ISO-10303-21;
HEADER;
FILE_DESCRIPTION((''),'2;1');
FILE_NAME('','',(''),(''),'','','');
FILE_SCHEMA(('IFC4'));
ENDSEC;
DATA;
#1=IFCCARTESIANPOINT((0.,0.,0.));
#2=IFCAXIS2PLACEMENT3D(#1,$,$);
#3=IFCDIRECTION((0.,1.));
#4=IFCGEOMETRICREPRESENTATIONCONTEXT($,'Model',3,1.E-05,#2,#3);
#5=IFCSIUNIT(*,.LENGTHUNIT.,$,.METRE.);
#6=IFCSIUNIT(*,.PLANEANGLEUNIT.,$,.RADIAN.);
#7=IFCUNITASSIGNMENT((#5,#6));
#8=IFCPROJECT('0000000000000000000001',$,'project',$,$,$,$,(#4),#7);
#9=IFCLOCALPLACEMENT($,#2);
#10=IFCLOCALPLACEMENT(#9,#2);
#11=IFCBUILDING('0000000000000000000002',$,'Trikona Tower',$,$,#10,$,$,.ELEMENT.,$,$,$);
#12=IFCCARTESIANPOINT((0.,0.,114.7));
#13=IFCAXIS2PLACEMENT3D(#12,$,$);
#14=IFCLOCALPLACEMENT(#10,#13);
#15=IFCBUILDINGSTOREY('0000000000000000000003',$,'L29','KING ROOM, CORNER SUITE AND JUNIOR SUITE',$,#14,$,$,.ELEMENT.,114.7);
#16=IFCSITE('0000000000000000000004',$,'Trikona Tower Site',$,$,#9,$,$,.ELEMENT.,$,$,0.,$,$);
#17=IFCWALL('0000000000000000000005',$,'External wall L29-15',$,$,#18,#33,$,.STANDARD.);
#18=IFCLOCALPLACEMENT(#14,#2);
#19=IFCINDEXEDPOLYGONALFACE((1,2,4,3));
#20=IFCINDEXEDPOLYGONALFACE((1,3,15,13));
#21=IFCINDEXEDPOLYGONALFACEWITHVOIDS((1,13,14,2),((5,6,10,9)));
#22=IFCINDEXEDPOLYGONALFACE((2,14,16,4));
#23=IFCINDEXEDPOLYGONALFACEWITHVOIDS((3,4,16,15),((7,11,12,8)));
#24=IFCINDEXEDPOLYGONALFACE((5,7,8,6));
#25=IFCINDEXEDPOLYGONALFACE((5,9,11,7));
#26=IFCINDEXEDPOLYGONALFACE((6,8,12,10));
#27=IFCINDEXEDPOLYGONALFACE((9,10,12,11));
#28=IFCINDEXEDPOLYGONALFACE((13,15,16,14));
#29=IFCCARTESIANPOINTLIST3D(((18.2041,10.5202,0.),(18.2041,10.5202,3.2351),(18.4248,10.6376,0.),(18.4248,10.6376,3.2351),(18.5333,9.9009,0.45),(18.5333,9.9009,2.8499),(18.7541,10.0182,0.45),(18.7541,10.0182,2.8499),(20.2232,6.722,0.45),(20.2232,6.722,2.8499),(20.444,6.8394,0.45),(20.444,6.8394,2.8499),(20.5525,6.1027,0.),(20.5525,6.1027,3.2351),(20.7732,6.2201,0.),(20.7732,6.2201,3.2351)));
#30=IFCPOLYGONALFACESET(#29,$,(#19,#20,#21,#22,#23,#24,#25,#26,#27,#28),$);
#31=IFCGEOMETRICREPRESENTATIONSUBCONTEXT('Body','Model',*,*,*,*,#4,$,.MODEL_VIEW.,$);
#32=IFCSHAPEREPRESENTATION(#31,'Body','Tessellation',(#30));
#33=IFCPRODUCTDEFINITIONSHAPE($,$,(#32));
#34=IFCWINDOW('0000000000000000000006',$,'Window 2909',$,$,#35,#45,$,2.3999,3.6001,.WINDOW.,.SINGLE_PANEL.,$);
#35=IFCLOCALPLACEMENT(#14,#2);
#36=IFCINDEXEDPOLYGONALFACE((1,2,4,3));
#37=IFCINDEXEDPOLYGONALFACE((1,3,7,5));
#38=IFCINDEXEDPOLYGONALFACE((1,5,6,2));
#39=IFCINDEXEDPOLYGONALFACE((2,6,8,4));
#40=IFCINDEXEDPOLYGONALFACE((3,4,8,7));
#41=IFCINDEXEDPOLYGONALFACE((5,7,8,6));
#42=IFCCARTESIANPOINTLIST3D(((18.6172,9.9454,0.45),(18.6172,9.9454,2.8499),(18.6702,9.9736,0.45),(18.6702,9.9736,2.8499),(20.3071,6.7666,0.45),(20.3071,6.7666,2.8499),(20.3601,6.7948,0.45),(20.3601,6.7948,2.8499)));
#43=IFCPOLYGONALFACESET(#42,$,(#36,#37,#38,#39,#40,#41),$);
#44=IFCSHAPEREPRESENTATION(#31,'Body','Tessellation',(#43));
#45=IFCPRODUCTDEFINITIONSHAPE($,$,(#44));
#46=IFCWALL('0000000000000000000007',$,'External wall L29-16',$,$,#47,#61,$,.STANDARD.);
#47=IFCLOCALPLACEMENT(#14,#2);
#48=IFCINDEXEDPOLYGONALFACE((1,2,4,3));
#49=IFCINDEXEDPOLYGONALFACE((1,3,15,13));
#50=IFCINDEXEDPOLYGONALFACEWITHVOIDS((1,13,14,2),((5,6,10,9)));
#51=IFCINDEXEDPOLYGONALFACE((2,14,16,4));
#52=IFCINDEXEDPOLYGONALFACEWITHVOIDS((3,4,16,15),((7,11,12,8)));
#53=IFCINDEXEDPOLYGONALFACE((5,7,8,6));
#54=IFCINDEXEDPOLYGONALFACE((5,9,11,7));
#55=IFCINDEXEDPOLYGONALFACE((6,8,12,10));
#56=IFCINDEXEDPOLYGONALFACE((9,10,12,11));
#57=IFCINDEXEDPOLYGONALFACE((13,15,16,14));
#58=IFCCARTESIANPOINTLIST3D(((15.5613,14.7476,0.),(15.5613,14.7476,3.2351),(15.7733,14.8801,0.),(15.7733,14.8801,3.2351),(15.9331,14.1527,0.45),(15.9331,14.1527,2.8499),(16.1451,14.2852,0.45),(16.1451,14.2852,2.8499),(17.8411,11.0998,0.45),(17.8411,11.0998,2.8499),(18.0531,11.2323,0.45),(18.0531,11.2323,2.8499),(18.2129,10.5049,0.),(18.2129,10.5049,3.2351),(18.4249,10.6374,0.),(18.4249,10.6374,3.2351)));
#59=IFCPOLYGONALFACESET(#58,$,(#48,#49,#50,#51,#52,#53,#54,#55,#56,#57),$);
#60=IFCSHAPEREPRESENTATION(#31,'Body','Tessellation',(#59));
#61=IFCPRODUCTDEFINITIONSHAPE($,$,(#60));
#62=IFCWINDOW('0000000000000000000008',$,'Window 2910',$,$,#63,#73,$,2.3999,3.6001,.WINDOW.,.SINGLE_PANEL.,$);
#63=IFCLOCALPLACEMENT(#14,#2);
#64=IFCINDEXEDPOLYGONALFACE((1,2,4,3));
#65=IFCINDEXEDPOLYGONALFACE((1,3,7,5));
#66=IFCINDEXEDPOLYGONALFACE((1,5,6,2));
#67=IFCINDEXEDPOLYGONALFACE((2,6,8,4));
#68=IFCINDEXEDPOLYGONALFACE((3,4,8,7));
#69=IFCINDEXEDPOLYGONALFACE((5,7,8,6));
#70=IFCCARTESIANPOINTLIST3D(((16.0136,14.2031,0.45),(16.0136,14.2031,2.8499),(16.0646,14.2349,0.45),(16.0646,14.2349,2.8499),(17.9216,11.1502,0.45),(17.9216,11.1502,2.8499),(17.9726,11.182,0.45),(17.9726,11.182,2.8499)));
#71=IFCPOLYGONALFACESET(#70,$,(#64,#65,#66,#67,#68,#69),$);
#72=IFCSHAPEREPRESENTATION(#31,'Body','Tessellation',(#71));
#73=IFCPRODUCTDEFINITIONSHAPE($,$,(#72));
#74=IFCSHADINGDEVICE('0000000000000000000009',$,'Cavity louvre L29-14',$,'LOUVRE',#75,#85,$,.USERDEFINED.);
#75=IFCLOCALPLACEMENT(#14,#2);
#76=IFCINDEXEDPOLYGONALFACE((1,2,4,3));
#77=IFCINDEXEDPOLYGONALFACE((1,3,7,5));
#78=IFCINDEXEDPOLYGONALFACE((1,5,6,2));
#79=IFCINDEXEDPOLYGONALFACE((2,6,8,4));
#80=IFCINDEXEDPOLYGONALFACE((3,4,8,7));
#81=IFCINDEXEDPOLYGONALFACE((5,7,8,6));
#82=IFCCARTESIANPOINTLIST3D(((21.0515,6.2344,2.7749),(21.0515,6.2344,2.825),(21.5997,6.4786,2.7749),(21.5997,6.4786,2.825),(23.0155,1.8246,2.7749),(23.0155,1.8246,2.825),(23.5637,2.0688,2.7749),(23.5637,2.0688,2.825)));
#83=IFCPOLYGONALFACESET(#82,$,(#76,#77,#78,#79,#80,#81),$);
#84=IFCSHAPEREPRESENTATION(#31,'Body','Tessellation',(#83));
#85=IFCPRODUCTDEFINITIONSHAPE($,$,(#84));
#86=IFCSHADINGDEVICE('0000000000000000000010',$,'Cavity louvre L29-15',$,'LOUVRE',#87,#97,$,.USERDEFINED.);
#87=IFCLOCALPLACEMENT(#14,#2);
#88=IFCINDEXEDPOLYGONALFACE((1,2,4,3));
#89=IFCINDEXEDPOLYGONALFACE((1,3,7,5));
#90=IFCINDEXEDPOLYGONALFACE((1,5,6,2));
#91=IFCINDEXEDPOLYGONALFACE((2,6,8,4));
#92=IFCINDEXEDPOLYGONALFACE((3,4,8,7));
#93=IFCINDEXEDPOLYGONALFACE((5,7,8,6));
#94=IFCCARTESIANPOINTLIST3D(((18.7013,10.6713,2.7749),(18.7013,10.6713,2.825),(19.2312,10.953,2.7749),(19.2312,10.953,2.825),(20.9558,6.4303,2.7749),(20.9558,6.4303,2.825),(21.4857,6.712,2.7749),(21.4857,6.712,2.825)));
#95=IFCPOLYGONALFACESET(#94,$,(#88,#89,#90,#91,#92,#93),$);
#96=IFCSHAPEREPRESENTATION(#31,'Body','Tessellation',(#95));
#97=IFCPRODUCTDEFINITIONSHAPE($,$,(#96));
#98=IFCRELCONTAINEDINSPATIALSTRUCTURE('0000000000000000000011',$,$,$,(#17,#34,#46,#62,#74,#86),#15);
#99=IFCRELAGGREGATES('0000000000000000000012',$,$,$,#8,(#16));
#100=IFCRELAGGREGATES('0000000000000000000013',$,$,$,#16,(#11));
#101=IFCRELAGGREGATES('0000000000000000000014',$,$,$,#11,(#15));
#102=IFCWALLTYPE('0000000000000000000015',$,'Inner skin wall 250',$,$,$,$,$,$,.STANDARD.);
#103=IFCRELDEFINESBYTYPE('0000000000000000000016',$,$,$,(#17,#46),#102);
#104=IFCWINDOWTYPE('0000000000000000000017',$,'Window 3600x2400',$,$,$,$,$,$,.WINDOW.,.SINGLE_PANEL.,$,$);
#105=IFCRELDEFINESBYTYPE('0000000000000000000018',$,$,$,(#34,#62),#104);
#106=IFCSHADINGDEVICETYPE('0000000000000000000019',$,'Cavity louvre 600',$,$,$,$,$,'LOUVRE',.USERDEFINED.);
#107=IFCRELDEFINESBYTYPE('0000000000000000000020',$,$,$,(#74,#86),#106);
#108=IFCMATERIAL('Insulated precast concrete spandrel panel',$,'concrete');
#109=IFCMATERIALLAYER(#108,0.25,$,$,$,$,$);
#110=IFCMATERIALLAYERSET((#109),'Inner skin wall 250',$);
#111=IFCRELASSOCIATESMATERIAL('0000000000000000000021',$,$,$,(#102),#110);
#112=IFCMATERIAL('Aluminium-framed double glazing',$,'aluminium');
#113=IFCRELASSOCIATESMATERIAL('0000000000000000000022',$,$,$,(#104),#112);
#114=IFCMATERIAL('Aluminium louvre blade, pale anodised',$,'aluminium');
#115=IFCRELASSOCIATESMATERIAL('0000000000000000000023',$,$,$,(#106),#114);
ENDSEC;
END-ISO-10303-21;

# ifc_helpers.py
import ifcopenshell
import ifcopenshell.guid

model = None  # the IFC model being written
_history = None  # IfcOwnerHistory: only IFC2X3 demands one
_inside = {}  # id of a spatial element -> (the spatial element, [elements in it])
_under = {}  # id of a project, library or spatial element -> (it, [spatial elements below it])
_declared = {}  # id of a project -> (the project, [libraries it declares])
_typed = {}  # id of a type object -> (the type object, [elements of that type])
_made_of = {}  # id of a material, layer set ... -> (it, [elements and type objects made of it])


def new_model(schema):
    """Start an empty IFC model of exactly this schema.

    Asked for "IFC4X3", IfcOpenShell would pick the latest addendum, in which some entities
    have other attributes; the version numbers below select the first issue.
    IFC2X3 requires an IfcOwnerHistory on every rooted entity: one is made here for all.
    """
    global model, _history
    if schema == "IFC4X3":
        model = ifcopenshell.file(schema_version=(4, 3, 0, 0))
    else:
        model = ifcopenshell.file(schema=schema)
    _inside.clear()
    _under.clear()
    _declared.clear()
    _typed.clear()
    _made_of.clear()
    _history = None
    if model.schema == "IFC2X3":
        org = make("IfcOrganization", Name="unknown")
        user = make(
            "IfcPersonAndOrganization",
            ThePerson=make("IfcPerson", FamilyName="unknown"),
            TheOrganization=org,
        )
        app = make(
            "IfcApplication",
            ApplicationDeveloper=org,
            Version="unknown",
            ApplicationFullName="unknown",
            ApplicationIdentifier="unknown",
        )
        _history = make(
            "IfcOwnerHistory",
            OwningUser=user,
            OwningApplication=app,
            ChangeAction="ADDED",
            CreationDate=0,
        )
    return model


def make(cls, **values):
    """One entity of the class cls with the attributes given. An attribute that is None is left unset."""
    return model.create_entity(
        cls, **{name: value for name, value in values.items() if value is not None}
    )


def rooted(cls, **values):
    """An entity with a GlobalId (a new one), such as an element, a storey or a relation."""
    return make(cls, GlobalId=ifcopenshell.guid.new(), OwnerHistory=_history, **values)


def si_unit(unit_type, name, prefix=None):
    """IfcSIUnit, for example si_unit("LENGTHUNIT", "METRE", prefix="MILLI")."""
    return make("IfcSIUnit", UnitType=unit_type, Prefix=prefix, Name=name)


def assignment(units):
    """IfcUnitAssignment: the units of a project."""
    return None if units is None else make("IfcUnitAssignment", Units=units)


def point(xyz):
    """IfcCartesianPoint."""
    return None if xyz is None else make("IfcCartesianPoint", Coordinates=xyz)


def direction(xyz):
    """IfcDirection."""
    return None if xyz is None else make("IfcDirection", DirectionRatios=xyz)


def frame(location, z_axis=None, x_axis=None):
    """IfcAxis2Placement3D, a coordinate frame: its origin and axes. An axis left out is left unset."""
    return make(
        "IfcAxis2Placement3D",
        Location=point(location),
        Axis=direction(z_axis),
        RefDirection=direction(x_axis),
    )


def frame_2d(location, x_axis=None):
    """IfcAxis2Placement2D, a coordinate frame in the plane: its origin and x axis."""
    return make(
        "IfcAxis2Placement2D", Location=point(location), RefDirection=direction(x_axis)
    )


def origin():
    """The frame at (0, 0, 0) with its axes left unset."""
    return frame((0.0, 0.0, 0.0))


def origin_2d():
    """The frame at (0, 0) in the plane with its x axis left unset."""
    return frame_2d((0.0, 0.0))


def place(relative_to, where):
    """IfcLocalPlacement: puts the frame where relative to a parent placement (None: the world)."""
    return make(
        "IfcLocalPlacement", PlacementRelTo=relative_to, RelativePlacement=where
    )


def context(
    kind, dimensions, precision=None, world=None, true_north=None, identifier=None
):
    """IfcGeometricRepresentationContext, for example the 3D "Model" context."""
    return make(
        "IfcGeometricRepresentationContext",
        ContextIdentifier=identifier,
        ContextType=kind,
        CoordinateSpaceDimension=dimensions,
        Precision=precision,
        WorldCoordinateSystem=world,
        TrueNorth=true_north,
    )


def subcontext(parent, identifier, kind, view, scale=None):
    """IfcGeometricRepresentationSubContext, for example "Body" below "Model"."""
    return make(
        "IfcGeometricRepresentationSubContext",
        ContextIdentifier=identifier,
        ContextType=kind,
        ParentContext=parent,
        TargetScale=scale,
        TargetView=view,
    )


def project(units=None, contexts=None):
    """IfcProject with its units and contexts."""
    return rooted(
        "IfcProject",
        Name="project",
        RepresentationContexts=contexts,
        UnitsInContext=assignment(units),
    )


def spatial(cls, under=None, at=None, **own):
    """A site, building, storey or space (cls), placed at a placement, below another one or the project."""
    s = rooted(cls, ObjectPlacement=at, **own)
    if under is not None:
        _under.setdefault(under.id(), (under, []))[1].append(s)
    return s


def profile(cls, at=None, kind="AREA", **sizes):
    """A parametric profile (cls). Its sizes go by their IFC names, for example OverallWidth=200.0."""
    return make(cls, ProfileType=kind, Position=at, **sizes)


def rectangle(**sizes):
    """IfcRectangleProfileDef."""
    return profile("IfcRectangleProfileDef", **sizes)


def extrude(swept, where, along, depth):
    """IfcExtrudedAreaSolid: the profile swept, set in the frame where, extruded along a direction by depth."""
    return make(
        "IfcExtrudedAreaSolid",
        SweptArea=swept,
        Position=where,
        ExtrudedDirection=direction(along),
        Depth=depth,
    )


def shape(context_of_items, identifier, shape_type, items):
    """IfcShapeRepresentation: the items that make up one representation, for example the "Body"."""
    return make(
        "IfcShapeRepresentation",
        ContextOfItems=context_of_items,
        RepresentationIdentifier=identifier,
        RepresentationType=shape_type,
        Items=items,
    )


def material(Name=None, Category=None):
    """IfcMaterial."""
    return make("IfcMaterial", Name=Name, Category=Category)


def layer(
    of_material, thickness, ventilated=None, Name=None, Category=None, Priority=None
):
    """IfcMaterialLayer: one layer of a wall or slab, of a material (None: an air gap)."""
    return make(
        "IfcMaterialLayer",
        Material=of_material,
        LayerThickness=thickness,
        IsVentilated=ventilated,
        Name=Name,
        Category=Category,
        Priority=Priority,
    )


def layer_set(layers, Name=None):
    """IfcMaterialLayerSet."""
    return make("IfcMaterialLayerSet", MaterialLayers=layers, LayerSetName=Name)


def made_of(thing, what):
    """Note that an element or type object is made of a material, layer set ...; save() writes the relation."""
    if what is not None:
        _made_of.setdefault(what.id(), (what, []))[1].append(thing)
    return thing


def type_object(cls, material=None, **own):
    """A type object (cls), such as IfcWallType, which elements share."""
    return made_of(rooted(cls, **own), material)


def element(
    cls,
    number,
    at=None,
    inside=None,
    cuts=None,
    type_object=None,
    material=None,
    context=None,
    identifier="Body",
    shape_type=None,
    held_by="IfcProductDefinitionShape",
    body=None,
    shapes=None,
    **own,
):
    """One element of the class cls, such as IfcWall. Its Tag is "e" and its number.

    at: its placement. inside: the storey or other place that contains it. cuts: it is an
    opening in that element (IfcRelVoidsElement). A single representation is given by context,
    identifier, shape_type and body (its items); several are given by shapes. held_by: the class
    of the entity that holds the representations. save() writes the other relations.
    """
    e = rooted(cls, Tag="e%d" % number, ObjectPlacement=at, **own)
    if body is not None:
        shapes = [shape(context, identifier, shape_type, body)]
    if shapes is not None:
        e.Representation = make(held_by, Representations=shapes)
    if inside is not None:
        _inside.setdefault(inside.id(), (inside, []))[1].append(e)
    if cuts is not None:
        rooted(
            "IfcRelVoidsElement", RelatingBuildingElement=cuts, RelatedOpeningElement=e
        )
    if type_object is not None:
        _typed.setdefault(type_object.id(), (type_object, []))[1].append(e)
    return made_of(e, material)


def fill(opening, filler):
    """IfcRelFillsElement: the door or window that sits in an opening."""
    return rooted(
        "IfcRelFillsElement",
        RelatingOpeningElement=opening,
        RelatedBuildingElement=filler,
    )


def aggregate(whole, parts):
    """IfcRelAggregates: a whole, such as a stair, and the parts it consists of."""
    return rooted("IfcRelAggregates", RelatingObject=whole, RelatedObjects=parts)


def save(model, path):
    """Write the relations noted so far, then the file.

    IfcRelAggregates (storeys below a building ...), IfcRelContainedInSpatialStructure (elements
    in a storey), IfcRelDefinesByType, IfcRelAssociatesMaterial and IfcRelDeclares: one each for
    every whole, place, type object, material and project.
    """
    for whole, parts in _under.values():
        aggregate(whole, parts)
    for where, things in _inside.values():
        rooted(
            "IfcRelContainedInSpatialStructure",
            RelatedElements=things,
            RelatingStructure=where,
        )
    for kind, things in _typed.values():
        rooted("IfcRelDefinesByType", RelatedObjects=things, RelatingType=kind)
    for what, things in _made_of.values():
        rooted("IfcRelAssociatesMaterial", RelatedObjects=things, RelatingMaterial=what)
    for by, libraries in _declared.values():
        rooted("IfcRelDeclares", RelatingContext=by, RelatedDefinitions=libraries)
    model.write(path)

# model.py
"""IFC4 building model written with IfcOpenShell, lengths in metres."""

from ifc_helpers import new_model, si_unit, direction, frame, frame_2d, origin, origin_2d, place, context, subcontext, project, spatial, rectangle, extrude, material, layer, layer_set, type_object, element, fill, save


model = new_model("IFC4")

# Units and contexts
model_context = context("Model", 3, precision=1e-05, world=origin(), true_north=direction((0.0, 1.0)))
body_context = subcontext(model_context, "Body", "Model", "MODEL_VIEW")
ifc_project = project(units=[si_unit("LENGTHUNIT", "METRE"), si_unit("PLANEANGLEUNIT", "RADIAN")], contexts=[model_context])

# Site, building, storey
site_placement = place(None, origin())
site = spatial("IfcSite", under=ifc_project, at=site_placement, Name="Trikona Tower Site", CompositionType="ELEMENT", RefElevation=0.0)
building_placement = place(site_placement, origin())
building = spatial("IfcBuilding", under=site, at=building_placement, Name="Trikona Tower", CompositionType="ELEMENT")
storey_placement = place(building_placement, frame((0.0, 0.0, 114.7)))
storey = spatial("IfcBuildingStorey", under=building, at=storey_placement, Name="L29", Description="KING ROOM, CORNER SUITE AND JUNIOR SUITE", CompositionType="ELEMENT", Elevation=114.7)

# Walls, openings, windows
ifc_material_1 = material(Name="Insulated precast concrete spandrel panel", Category="concrete")
ifc_layer_1 = layer(ifc_material_1, 0.25)
ifc_layer_set_1 = layer_set([ifc_layer_1], Name="Inner skin wall 250")
wall_type = type_object("IfcWallType", Name="Inner skin wall 250", PredefinedType="STANDARD", material=ifc_layer_set_1)
ifc_material_2 = material(Name="Aluminium-framed double glazing", Category="aluminium")
window_type = type_object("IfcWindowType", Name="Window 3600x2400", PartitioningType="SINGLE_PANEL", PredefinedType="WINDOW", material=ifc_material_2)
wall_1_placement = place(storey_placement, frame((20.6628, 6.1614, 0.0), z_axis=(0.0, 0.0, 1.0), x_axis=(-0.469405, 0.882983, 0.0)))
wall_1 = element("IfcWall", 1, at=wall_1_placement, inside=storey, type_object=wall_type, Name="External wall L29-15", PredefinedType="STANDARD", context=body_context, shape_type="SweptSolid", body=[
    extrude(rectangle(XDim=5.0029, YDim=0.25, at=frame_2d((2.5015, 0.0))), origin(), (0.0, 0.0, 1.0), 3.2351),
])
opening_1_placement = place(wall_1_placement, frame((0.7014, 0.0, 0.45)))
opening_1 = element("IfcOpeningElement", 2, at=opening_1_placement, cuts=wall_1, PredefinedType="OPENING", context=body_context, shape_type="SweptSolid", body=[
    extrude(rectangle(XDim=3.6001, YDim=2.3999, at=frame_2d((1.8, 1.2))), frame((0.0, 0.135, 0.0), z_axis=(0.0, -1.0, 0.0), x_axis=(1.0, 0.0, 0.0)), (0.0, 0.0, 1.0), 0.27),
])
window_1_placement = place(opening_1_placement, origin())
window_1 = element("IfcWindow", 3, at=window_1_placement, inside=storey, type_object=window_type, Name="Window 2909", OverallHeight=2.3999, OverallWidth=3.6001, PartitioningType="SINGLE_PANEL", PredefinedType="WINDOW", context=body_context, shape_type="SweptSolid", body=[
    extrude(rectangle(XDim=3.6001, YDim=2.3999, at=frame_2d((1.8, 1.2))), frame((0.0, 0.03, 0.0), z_axis=(0.0, -1.0, 0.0), x_axis=(1.0, 0.0, 0.0)), (0.0, 0.0, 1.0), 0.0601),
])
fill(opening_1, window_1)
wall_2_placement = place(storey_placement, frame((18.3188, 10.5713, 0.0), z_axis=(0.0, 0.0, 1.0), x_axis=(-0.52999, 0.848004, 0.0)))
wall_2 = element("IfcWall", 4, at=wall_2_placement, inside=storey, type_object=wall_type, Name="External wall L29-16", PredefinedType="STANDARD", context=body_context, shape_type="SweptSolid", body=[
    extrude(rectangle(XDim=5.0032, YDim=0.25, at=frame_2d((2.5015, 0.0))), origin(), (0.0, 0.0, 1.0), 3.2351),
])
opening_2_placement = place(wall_2_placement, frame((0.7014, 0.0, 0.45)))
opening_2 = element("IfcOpeningElement", 5, at=opening_2_placement, cuts=wall_2, PredefinedType="OPENING", context=body_context, shape_type="SweptSolid", body=[
    extrude(rectangle(XDim=3.6001, YDim=2.3999, at=frame_2d((1.8, 1.2))), frame((0.0, 0.135, 0.0), z_axis=(0.0, -1.0, 0.0), x_axis=(1.0, 0.0, 0.0)), (0.0, 0.0, 1.0), 0.27),
])
window_2_placement = place(opening_2_placement, origin())
window_2 = element("IfcWindow", 6, at=window_2_placement, inside=storey, type_object=window_type, Name="Window 2910", OverallHeight=2.3999, OverallWidth=3.6001, PartitioningType="SINGLE_PANEL", PredefinedType="WINDOW", context=body_context, shape_type="SweptSolid", body=[
    extrude(rectangle(XDim=3.6001, YDim=2.3999, at=frame_2d((1.8, 1.2))), frame((0.0, 0.03, 0.0), z_axis=(0.0, -1.0, 0.0), x_axis=(1.0, 0.0, 0.0)), (0.0, 0.0, 1.0), 0.0601),
])
fill(opening_2, window_2)

# Shading devices
ifc_material_3 = material(Name="Aluminium louvre blade, pale anodised", Category="aluminium")
shading_device_type = type_object("IfcShadingDeviceType", Name="Cavity louvre 600", ElementType="LOUVRE", PredefinedType="USERDEFINED", material=ifc_material_3)
shading_device_1_placement = place(storey_placement, frame((22.3076, 4.1516, 2.7749), z_axis=(0.0, 0.0, 1.0), x_axis=(-0.406843, 0.913498, 0.0)))
element("IfcShadingDevice", 7, at=shading_device_1_placement, inside=storey, type_object=shading_device_type, Name="Cavity louvre L29-14", ObjectType="LOUVRE", PredefinedType="USERDEFINED", context=body_context, shape_type="SweptSolid", body=[
    extrude(rectangle(XDim=4.8274, YDim=0.6001, at=origin_2d()), origin(), (0.0, 0.0, 1.0), 0.05),
])
shading_device_2_placement = place(storey_placement, frame((20.0935, 8.6917, 2.7749), z_axis=(0.0, 0.0, 1.0), x_axis=(-0.469398, 0.882987, 0.0)))
element("IfcShadingDevice", 8, at=shading_device_2_placement, inside=storey, type_object=shading_device_type, Name="Cavity louvre L29-15", ObjectType="LOUVRE", PredefinedType="USERDEFINED", context=body_context, shape_type="SweptSolid", body=[
    extrude(rectangle(XDim=4.803, YDim=0.6001, at=origin_2d()), origin(), (0.0, 0.0, 1.0), 0.05),
])

save(model, "model.ifc")
